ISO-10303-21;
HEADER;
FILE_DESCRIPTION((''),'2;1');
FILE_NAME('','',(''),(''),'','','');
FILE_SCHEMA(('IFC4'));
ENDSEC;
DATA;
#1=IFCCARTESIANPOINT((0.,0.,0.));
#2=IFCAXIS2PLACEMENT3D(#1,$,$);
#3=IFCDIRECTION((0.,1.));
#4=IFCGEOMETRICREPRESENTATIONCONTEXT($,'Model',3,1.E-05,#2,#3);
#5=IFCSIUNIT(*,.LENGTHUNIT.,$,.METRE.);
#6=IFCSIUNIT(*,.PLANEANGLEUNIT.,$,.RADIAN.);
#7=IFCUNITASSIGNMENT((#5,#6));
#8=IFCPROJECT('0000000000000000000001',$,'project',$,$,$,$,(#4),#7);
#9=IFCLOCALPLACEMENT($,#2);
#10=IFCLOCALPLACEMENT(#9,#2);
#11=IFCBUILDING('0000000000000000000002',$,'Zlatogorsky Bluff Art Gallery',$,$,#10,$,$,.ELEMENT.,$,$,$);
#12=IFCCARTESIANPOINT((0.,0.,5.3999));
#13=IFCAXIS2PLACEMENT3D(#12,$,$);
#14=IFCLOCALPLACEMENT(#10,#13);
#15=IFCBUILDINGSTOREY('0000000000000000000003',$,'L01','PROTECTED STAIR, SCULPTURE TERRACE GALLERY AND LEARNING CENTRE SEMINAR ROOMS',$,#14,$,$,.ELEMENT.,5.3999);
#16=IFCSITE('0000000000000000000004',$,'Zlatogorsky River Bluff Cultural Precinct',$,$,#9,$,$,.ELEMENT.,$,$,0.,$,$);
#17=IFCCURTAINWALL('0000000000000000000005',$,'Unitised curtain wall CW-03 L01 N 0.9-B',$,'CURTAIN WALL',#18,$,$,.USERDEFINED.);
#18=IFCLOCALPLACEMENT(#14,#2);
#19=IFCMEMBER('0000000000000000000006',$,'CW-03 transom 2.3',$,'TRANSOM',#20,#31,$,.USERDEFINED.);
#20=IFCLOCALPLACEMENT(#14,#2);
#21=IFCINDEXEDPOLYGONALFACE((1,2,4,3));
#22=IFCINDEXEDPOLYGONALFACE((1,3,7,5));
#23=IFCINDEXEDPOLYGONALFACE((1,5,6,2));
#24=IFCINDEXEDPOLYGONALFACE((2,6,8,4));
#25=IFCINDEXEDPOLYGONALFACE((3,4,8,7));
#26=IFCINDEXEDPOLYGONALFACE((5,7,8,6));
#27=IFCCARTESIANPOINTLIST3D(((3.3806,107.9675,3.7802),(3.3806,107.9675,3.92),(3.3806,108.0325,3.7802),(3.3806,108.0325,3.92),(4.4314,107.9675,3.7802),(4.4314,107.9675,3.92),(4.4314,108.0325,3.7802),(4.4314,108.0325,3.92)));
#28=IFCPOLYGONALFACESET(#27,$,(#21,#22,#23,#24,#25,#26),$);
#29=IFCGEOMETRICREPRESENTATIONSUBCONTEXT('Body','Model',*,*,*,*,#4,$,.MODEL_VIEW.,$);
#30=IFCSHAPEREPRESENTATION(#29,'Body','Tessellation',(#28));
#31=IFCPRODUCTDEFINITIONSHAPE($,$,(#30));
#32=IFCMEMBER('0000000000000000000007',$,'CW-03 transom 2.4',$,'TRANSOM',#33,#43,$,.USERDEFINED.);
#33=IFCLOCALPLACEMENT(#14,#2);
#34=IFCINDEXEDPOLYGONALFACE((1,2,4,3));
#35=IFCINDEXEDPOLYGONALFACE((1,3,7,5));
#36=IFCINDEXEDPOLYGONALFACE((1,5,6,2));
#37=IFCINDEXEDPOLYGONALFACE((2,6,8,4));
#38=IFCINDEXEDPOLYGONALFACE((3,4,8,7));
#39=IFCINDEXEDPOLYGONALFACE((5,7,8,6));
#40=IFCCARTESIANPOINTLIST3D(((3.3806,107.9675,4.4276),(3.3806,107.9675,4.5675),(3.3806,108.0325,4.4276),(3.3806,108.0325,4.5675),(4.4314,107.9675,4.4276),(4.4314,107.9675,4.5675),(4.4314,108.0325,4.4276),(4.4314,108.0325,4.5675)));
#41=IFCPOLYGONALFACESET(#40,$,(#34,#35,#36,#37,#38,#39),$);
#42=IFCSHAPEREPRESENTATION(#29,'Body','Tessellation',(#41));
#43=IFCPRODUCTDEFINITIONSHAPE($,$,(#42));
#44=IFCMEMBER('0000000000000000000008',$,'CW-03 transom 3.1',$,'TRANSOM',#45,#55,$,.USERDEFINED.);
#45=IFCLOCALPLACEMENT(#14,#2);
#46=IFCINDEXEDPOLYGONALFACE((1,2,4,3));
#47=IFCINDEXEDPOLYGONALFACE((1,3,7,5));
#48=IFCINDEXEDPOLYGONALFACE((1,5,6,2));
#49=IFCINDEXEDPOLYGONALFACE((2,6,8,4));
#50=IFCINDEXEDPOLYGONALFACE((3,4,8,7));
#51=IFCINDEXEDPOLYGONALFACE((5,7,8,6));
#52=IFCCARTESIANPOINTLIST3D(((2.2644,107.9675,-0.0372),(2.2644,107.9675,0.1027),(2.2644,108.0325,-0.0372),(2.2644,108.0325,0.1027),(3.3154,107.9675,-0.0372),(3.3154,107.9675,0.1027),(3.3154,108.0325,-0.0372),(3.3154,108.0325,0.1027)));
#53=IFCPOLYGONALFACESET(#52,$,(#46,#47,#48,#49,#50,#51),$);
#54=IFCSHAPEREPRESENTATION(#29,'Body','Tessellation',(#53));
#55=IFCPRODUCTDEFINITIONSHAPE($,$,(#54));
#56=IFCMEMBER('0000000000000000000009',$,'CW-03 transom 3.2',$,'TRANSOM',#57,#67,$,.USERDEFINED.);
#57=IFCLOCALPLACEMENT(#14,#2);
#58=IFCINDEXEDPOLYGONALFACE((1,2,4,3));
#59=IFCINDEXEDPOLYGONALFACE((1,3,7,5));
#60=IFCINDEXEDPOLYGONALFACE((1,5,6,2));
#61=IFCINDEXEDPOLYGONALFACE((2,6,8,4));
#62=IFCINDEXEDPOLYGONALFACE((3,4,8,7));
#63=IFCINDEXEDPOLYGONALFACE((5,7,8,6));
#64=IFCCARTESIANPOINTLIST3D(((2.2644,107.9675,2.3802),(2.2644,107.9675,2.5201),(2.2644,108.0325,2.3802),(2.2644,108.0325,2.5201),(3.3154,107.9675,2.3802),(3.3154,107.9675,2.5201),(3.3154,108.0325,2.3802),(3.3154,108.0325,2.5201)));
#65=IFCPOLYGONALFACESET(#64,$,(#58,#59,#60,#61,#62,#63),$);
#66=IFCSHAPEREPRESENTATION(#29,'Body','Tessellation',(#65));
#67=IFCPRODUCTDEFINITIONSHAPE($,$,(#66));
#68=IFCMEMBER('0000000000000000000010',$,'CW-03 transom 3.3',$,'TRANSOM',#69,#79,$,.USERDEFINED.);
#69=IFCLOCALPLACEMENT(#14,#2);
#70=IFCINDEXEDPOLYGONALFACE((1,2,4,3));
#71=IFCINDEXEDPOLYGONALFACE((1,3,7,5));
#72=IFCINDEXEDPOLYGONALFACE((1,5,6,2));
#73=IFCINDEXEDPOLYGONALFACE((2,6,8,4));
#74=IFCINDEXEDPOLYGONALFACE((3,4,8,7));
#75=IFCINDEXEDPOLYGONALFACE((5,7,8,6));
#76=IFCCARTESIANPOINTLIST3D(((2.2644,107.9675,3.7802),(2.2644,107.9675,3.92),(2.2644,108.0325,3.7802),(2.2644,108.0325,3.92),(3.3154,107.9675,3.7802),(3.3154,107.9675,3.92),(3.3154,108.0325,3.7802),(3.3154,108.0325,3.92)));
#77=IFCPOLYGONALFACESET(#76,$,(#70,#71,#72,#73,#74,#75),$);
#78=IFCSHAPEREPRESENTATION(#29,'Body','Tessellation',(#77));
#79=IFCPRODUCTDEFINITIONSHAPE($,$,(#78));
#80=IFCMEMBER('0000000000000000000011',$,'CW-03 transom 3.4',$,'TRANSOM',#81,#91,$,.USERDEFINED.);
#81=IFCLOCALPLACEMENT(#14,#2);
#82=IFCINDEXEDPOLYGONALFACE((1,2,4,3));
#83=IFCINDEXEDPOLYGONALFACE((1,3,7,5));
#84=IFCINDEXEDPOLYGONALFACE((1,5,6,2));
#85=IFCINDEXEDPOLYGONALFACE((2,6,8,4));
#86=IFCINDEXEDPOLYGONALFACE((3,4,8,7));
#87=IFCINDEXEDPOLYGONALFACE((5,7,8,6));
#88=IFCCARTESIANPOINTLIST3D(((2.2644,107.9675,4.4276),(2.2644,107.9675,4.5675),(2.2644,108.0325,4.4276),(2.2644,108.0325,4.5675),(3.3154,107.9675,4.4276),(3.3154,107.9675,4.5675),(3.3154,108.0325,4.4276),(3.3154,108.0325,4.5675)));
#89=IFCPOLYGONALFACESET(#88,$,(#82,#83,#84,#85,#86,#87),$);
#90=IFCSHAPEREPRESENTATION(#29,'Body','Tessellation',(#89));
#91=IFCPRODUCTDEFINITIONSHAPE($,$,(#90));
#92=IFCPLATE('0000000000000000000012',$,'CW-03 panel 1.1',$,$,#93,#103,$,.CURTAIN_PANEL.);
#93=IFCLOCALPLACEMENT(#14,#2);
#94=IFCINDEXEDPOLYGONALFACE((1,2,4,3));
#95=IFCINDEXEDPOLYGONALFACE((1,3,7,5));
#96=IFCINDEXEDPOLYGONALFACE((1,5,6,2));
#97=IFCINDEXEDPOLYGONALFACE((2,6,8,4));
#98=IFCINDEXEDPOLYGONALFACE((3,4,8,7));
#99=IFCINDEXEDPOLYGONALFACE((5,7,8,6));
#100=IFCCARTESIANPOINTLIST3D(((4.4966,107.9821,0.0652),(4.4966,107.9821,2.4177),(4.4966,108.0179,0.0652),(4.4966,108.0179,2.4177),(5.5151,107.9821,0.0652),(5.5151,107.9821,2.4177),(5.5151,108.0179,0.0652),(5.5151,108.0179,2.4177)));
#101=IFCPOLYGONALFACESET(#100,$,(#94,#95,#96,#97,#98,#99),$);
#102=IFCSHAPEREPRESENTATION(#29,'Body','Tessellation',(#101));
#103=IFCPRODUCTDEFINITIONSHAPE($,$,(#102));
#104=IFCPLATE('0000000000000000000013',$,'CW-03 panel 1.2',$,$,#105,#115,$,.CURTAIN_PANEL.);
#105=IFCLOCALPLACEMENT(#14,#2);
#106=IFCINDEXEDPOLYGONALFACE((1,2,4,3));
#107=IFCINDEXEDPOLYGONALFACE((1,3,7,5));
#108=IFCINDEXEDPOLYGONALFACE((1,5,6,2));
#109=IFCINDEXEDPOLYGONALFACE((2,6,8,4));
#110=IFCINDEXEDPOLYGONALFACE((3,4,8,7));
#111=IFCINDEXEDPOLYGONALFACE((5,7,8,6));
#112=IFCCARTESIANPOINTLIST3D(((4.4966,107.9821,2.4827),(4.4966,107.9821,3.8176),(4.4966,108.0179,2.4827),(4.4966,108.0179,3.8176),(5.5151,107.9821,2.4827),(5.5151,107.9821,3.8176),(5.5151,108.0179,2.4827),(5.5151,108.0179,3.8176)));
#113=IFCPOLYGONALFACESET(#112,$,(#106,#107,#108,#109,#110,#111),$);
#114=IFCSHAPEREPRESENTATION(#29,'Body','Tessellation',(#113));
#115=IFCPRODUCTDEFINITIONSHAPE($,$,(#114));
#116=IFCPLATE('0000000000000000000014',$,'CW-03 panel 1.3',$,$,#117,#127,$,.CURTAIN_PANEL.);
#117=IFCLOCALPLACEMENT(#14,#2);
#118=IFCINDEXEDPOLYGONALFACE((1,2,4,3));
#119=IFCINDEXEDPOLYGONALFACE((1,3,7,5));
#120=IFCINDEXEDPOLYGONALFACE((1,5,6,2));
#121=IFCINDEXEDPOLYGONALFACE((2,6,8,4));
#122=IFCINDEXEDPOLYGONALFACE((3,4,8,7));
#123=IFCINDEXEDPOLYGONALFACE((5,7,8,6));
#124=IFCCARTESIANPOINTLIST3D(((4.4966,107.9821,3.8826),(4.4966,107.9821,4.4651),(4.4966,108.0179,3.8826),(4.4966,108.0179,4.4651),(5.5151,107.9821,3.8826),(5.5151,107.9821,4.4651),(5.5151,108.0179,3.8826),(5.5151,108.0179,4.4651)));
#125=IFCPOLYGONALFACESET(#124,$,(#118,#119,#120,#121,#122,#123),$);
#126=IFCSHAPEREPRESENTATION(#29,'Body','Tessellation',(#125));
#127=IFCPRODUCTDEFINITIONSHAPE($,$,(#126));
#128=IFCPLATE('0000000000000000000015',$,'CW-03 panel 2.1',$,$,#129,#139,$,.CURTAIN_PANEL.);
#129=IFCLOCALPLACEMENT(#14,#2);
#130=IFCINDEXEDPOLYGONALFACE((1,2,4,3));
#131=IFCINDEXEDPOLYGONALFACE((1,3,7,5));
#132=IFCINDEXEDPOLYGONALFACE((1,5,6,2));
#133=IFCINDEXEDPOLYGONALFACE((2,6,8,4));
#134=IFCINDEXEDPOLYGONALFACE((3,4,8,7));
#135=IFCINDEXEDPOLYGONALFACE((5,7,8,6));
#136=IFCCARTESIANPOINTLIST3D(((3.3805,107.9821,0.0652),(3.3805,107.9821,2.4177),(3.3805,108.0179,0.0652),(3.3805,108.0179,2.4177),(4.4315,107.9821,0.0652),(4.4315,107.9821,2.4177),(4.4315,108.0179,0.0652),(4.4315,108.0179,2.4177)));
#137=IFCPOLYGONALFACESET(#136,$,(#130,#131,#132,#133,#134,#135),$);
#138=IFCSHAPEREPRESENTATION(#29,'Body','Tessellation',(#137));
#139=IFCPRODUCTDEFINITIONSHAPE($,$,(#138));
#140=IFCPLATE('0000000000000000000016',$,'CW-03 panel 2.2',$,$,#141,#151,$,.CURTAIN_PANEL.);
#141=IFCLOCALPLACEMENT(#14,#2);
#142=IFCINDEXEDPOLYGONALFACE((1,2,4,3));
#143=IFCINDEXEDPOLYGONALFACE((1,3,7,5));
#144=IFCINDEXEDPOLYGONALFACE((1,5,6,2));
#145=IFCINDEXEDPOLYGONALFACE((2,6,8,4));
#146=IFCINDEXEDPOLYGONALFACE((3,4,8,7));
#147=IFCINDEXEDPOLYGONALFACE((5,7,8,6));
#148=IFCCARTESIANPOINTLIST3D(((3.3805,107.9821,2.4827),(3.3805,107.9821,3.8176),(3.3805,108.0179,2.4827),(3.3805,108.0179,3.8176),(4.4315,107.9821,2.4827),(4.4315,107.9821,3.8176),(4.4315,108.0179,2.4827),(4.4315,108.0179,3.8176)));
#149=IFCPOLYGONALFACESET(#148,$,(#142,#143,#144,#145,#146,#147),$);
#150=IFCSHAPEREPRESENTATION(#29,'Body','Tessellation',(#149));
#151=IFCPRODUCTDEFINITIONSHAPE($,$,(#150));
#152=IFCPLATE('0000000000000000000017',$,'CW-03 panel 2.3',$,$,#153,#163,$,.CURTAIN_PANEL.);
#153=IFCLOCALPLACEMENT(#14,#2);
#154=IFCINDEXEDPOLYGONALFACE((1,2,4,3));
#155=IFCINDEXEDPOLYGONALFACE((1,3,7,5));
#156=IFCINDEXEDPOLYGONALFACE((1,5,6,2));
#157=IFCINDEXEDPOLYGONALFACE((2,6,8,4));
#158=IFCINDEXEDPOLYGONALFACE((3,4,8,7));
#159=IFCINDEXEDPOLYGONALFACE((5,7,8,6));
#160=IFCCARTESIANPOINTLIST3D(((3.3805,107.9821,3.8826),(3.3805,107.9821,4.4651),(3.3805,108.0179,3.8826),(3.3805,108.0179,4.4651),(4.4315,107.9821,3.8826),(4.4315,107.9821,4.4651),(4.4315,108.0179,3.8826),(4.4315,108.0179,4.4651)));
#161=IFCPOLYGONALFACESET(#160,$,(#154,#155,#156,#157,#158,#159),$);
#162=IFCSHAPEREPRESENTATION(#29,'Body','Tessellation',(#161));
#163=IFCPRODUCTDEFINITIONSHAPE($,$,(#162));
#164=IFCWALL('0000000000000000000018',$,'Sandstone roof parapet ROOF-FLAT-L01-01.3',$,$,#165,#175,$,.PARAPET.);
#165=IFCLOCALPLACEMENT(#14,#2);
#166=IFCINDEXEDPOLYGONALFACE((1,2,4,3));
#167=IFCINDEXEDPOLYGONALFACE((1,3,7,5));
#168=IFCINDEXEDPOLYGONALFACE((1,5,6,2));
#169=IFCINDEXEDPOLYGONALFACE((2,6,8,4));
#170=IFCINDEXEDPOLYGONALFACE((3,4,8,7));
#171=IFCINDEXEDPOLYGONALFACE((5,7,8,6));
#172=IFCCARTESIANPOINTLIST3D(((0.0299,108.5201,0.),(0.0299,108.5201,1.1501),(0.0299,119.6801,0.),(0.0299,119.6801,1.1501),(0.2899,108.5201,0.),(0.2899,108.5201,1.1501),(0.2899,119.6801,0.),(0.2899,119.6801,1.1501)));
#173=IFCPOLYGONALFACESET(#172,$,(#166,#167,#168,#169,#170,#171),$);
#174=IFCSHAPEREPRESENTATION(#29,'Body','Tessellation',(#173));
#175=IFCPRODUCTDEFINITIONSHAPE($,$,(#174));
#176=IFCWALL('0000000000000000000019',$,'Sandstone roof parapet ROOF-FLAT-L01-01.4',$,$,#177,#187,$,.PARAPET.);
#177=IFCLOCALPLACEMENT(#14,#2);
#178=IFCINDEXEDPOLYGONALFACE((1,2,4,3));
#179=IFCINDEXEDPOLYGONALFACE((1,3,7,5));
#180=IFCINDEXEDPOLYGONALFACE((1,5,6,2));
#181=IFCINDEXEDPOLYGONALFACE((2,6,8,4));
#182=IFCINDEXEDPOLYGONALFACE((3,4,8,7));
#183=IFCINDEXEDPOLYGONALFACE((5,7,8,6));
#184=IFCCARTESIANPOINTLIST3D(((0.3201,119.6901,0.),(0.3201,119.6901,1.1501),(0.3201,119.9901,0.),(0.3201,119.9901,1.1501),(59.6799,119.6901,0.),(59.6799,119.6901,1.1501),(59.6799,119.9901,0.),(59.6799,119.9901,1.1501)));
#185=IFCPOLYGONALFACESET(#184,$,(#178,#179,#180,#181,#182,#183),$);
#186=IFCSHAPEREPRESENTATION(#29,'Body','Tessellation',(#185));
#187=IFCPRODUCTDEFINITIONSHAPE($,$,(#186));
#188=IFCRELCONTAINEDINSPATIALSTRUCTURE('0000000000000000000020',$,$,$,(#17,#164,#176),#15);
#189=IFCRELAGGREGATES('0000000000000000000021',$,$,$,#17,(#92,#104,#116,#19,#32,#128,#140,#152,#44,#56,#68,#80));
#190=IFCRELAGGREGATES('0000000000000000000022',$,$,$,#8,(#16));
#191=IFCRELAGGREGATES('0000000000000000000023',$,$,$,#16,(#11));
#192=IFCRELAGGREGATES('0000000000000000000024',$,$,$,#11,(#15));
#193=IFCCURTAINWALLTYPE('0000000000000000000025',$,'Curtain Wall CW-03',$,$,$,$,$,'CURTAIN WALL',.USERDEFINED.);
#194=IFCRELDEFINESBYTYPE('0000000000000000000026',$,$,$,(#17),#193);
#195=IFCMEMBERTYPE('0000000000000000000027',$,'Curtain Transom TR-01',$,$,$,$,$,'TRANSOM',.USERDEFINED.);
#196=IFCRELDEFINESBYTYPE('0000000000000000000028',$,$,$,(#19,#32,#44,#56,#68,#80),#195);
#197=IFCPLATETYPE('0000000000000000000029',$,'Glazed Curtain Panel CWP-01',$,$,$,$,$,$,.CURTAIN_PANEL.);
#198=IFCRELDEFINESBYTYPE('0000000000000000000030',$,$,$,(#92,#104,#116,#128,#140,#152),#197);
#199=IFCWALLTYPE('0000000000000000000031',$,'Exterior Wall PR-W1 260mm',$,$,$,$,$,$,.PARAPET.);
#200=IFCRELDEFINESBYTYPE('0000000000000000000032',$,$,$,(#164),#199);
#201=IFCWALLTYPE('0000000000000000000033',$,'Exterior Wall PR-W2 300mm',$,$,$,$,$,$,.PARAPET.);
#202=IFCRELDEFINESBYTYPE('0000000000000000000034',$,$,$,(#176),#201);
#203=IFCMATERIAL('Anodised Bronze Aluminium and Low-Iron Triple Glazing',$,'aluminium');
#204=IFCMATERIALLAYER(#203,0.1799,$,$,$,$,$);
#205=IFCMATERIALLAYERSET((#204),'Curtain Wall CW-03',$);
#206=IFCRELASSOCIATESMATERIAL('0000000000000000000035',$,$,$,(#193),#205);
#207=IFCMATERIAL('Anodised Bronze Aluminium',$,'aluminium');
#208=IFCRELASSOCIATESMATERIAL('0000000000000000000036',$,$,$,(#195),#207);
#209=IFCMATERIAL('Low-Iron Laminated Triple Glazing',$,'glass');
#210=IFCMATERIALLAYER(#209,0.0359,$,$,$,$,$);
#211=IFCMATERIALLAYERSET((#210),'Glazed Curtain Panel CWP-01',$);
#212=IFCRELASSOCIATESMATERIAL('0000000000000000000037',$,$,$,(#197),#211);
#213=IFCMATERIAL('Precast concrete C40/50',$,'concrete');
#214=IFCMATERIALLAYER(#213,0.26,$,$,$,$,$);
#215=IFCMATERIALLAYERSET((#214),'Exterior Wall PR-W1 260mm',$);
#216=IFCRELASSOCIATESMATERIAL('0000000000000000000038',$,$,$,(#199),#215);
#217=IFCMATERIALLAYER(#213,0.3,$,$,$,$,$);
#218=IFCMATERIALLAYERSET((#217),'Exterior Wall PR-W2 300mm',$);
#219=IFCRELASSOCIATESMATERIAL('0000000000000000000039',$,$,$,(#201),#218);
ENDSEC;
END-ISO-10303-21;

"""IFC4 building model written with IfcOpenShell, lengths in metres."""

from ifc_helpers import new_model, si_unit, direction, frame, frame_2d, origin, origin_2d, place, context, subcontext, project, spatial, rectangle, extrude, material, layer, layer_set, material_profile, profile_set, type_object, element, aggregate, save


model = new_model("IFC4")

# Units and contexts
model_context = context("Model", 3, precision=1e-05, world=origin(), true_north=direction((0.0, 1.0)))
body_context = subcontext(model_context, "Body", "Model", "MODEL_VIEW")
ifc_project = project(units=[si_unit("LENGTHUNIT", "METRE"), si_unit("PLANEANGLEUNIT", "RADIAN")], contexts=[model_context])

# Site, building, storey
site_placement = place(None, origin())
site = spatial("IfcSite", under=ifc_project, at=site_placement, Name="Zlatogorsky River Bluff Cultural Precinct", CompositionType="ELEMENT", RefElevation=0.0)
building_placement = place(site_placement, origin())
building = spatial("IfcBuilding", under=site, at=building_placement, Name="Zlatogorsky Bluff Art Gallery", CompositionType="ELEMENT")
storey_placement = place(building_placement, frame((0.0, 0.0, 5.3999)))
storey = spatial("IfcBuildingStorey", under=building, at=storey_placement, Name="L01", Description="PROTECTED STAIR, SCULPTURE TERRACE GALLERY AND LEARNING CENTRE SEMINAR ROOMS", CompositionType="ELEMENT", Elevation=5.3999)

# Curtain wall, members, plates
ifc_material_1 = material(Name="Anodised Bronze Aluminium and Low-Iron Triple Glazing", Category="aluminium")
ifc_layer_1 = layer(ifc_material_1, 0.1799)
ifc_layer_set_1 = layer_set([ifc_layer_1], Name="Curtain Wall CW-03")
curtain_wall_type = type_object("IfcCurtainWallType", Name="Curtain Wall CW-03", ElementType="CURTAIN WALL", PredefinedType="USERDEFINED", material=ifc_layer_set_1)
curtain_wall_placement = place(storey_placement, origin())
curtain_wall = element("IfcCurtainWall", 1, at=curtain_wall_placement, inside=storey, type_object=curtain_wall_type, Name="Unitised curtain wall CW-03 L01 N 0.9-B", ObjectType="CURTAIN WALL", PredefinedType="USERDEFINED")
ifc_material_2 = material(Name="Anodised Bronze Aluminium", Category="aluminium")
ifc_material_profile_1 = material_profile(ifc_material_2, rectangle(XDim=0.0649, YDim=0.1399, at=origin_2d()), Name="ALU TRANSOM 65x140")
ifc_profile_set_1 = profile_set([ifc_material_profile_1], Name="Anodised Bronze Aluminium")
member_type_1 = type_object("IfcMemberType", Name="Curtain Transom TR-01", ElementType="TRANSOM", PredefinedType="USERDEFINED", material=ifc_profile_set_1)
member_1_placement = place(storey_placement, frame((4.4314, 108.0, 3.8501), z_axis=(-1.0, 0.0, 0.0), x_axis=(0.0, -1.0, 0.0)))
member_1 = element("IfcMember", 2, at=member_1_placement, type_object=member_type_1, Name="CW-03 transom 2.3", ObjectType="TRANSOM", PredefinedType="USERDEFINED", context=body_context, shape_type="SweptSolid", body=[
    extrude(rectangle(XDim=0.0649, YDim=0.1399, at=origin_2d()), origin(), (0.0, 0.0, 1.0), 1.0508),
])
member_2_placement = place(storey_placement, frame((4.4314, 108.0, 4.4976), z_axis=(-1.0, 0.0, 0.0), x_axis=(0.0, -1.0, 0.0)))
member_2 = element("IfcMember", 3, at=member_2_placement, type_object=member_type_1, Name="CW-03 transom 2.4", ObjectType="TRANSOM", PredefinedType="USERDEFINED", context=body_context, shape_type="SweptSolid", body=[
    extrude(rectangle(XDim=0.0649, YDim=0.1399, at=origin_2d()), origin(), (0.0, 0.0, 1.0), 1.0508),
])
member_3_placement = place(storey_placement, frame((3.3154, 108.0, 0.0327), z_axis=(-1.0, 0.0, 0.0), x_axis=(0.0, -1.0, 0.0)))
member_3 = element("IfcMember", 4, at=member_3_placement, type_object=member_type_1, Name="CW-03 transom 3.1", ObjectType="TRANSOM", PredefinedType="USERDEFINED", context=body_context, shape_type="SweptSolid", body=[
    extrude(rectangle(XDim=0.0649, YDim=0.1399, at=origin_2d()), origin(), (0.0, 0.0, 1.0), 1.051),
])
member_4_placement = place(storey_placement, frame((3.3154, 108.0, 2.4502), z_axis=(-1.0, 0.0, 0.0), x_axis=(0.0, -1.0, 0.0)))
member_4 = element("IfcMember", 5, at=member_4_placement, type_object=member_type_1, Name="CW-03 transom 3.2", ObjectType="TRANSOM", PredefinedType="USERDEFINED", context=body_context, shape_type="SweptSolid", body=[
    extrude(rectangle(XDim=0.0649, YDim=0.1399, at=origin_2d()), origin(), (0.0, 0.0, 1.0), 1.051),
])
member_5_placement = place(storey_placement, frame((3.3154, 108.0, 3.8501), z_axis=(-1.0, 0.0, 0.0), x_axis=(0.0, -1.0, 0.0)))
member_5 = element("IfcMember", 6, at=member_5_placement, type_object=member_type_1, Name="CW-03 transom 3.3", ObjectType="TRANSOM", PredefinedType="USERDEFINED", context=body_context, shape_type="SweptSolid", body=[
    extrude(rectangle(XDim=0.0649, YDim=0.1399, at=origin_2d()), origin(), (0.0, 0.0, 1.0), 1.051),
])
member_6_placement = place(storey_placement, frame((3.3154, 108.0, 4.4976), z_axis=(-1.0, 0.0, 0.0), x_axis=(0.0, -1.0, 0.0)))
member_6 = element("IfcMember", 7, at=member_6_placement, type_object=member_type_1, Name="CW-03 transom 3.4", ObjectType="TRANSOM", PredefinedType="USERDEFINED", context=body_context, shape_type="SweptSolid", body=[
    extrude(rectangle(XDim=0.0649, YDim=0.1399, at=origin_2d()), origin(), (0.0, 0.0, 1.0), 1.051),
])
ifc_material_3 = material(Name="Low-Iron Laminated Triple Glazing", Category="glass")
ifc_layer_2 = layer(ifc_material_3, 0.0359)
ifc_layer_set_2 = layer_set([ifc_layer_2], Name="Glazed Curtain Panel CWP-01")
plate_type = type_object("IfcPlateType", Name="Glazed Curtain Panel CWP-01", PredefinedType="CURTAIN_PANEL", material=ifc_layer_set_2)
plate_1_placement = place(storey_placement, frame((5.0059, 108.0, 0.0652), z_axis=(0.0, 0.0, 1.0), x_axis=(-1.0, 0.0, 0.0)))
plate_1 = element("IfcPlate", 8, at=plate_1_placement, type_object=plate_type, Name="CW-03 panel 1.1", PredefinedType="CURTAIN_PANEL", context=body_context, shape_type="SweptSolid", body=[
    extrude(rectangle(XDim=1.0186, YDim=0.0359, at=origin_2d()), origin(), (0.0, 0.0, 1.0), 2.3525),
])
plate_2_placement = place(storey_placement, frame((5.0059, 108.0, 2.4827), z_axis=(0.0, 0.0, 1.0), x_axis=(-1.0, 0.0, 0.0)))
plate_2 = element("IfcPlate", 9, at=plate_2_placement, type_object=plate_type, Name="CW-03 panel 1.2", PredefinedType="CURTAIN_PANEL", context=body_context, shape_type="SweptSolid", body=[
    extrude(rectangle(XDim=1.0186, YDim=0.0359, at=origin_2d()), origin(), (0.0, 0.0, 1.0), 1.335),
])
plate_3_placement = place(storey_placement, frame((5.0059, 108.0, 3.8826), z_axis=(0.0, 0.0, 1.0), x_axis=(-1.0, 0.0, 0.0)))
plate_3 = element("IfcPlate", 10, at=plate_3_placement, type_object=plate_type, Name="CW-03 panel 1.3", PredefinedType="CURTAIN_PANEL", context=body_context, shape_type="SweptSolid", body=[
    extrude(rectangle(XDim=1.0186, YDim=0.0359, at=origin_2d()), origin(), (0.0, 0.0, 1.0), 0.5825),
])
plate_4_placement = place(storey_placement, frame((3.906, 108.0, 0.0652), z_axis=(0.0, 0.0, 1.0), x_axis=(-1.0, 0.0, 0.0)))
plate_4 = element("IfcPlate", 11, at=plate_4_placement, type_object=plate_type, Name="CW-03 panel 2.1", PredefinedType="CURTAIN_PANEL", context=body_context, shape_type="SweptSolid", body=[
    extrude(rectangle(XDim=1.051, YDim=0.0359, at=origin_2d()), origin(), (0.0, 0.0, 1.0), 2.3525),
])
plate_5_placement = place(storey_placement, frame((3.906, 108.0, 2.4827), z_axis=(0.0, 0.0, 1.0), x_axis=(-1.0, 0.0, 0.0)))
plate_5 = element("IfcPlate", 12, at=plate_5_placement, type_object=plate_type, Name="CW-03 panel 2.2", PredefinedType="CURTAIN_PANEL", context=body_context, shape_type="SweptSolid", body=[
    extrude(rectangle(XDim=1.051, YDim=0.0359, at=origin_2d()), origin(), (0.0, 0.0, 1.0), 1.335),
])
plate_6_placement = place(storey_placement, frame((3.906, 108.0, 3.8826), z_axis=(0.0, 0.0, 1.0), x_axis=(-1.0, 0.0, 0.0)))
plate_6 = element("IfcPlate", 13, at=plate_6_placement, type_object=plate_type, Name="CW-03 panel 2.3", PredefinedType="CURTAIN_PANEL", context=body_context, shape_type="SweptSolid", body=[
    extrude(rectangle(XDim=1.051, YDim=0.0359, at=origin_2d()), origin(), (0.0, 0.0, 1.0), 0.5825),
])
aggregate(curtain_wall, [plate_1, plate_2, plate_3, member_1, member_2, plate_4, plate_5, plate_6, member_3, member_4, member_5, member_6])

# Walls
ifc_material_4 = material(Name="Precast concrete C40/50", Category="concrete")
ifc_layer_3 = layer(ifc_material_4, 0.26)
ifc_layer_set_3 = layer_set([ifc_layer_3], Name="Exterior Wall PR-W1 260mm")
wall_type_1 = type_object("IfcWallType", Name="Exterior Wall PR-W1 260mm", PredefinedType="PARAPET", material=ifc_layer_set_3)
wall_1_placement = place(storey_placement, frame((0.1599, 108.52, 0.0), z_axis=(0.0, 0.0, 1.0), x_axis=(0.0, 1.0, 0.0)))
element("IfcWall", 14, at=wall_1_placement, inside=storey, type_object=wall_type_1, Name="Sandstone roof parapet ROOF-FLAT-L01-01.3", PredefinedType="PARAPET", context=body_context, shape_type="SweptSolid", body=[
    extrude(rectangle(XDim=11.1599, YDim=0.26, at=frame_2d((5.5801, 0.0))), origin(), (0.0, 0.0, 1.0), 1.1501),
])
ifc_layer_4 = layer(ifc_material_4, 0.3)
ifc_layer_set_4 = layer_set([ifc_layer_4], Name="Exterior Wall PR-W2 300mm")
wall_type_2 = type_object("IfcWallType", Name="Exterior Wall PR-W2 300mm", PredefinedType="PARAPET", material=ifc_layer_set_4)
wall_2_placement = place(storey_placement, frame((0.3201, 119.8401, 0.0), z_axis=(0.0, 0.0, 1.0), x_axis=(1.0, 0.0, 0.0)))
element("IfcWall", 15, at=wall_2_placement, inside=storey, type_object=wall_type_2, Name="Sandstone roof parapet ROOF-FLAT-L01-01.4", PredefinedType="PARAPET", context=body_context, shape_type="SweptSolid", body=[
    extrude(rectangle(XDim=59.3599, YDim=0.3, at=frame_2d((29.6799, 0.0))), origin(), (0.0, 0.0, 1.0), 1.1501),
])

save(model, "model.ifc")
